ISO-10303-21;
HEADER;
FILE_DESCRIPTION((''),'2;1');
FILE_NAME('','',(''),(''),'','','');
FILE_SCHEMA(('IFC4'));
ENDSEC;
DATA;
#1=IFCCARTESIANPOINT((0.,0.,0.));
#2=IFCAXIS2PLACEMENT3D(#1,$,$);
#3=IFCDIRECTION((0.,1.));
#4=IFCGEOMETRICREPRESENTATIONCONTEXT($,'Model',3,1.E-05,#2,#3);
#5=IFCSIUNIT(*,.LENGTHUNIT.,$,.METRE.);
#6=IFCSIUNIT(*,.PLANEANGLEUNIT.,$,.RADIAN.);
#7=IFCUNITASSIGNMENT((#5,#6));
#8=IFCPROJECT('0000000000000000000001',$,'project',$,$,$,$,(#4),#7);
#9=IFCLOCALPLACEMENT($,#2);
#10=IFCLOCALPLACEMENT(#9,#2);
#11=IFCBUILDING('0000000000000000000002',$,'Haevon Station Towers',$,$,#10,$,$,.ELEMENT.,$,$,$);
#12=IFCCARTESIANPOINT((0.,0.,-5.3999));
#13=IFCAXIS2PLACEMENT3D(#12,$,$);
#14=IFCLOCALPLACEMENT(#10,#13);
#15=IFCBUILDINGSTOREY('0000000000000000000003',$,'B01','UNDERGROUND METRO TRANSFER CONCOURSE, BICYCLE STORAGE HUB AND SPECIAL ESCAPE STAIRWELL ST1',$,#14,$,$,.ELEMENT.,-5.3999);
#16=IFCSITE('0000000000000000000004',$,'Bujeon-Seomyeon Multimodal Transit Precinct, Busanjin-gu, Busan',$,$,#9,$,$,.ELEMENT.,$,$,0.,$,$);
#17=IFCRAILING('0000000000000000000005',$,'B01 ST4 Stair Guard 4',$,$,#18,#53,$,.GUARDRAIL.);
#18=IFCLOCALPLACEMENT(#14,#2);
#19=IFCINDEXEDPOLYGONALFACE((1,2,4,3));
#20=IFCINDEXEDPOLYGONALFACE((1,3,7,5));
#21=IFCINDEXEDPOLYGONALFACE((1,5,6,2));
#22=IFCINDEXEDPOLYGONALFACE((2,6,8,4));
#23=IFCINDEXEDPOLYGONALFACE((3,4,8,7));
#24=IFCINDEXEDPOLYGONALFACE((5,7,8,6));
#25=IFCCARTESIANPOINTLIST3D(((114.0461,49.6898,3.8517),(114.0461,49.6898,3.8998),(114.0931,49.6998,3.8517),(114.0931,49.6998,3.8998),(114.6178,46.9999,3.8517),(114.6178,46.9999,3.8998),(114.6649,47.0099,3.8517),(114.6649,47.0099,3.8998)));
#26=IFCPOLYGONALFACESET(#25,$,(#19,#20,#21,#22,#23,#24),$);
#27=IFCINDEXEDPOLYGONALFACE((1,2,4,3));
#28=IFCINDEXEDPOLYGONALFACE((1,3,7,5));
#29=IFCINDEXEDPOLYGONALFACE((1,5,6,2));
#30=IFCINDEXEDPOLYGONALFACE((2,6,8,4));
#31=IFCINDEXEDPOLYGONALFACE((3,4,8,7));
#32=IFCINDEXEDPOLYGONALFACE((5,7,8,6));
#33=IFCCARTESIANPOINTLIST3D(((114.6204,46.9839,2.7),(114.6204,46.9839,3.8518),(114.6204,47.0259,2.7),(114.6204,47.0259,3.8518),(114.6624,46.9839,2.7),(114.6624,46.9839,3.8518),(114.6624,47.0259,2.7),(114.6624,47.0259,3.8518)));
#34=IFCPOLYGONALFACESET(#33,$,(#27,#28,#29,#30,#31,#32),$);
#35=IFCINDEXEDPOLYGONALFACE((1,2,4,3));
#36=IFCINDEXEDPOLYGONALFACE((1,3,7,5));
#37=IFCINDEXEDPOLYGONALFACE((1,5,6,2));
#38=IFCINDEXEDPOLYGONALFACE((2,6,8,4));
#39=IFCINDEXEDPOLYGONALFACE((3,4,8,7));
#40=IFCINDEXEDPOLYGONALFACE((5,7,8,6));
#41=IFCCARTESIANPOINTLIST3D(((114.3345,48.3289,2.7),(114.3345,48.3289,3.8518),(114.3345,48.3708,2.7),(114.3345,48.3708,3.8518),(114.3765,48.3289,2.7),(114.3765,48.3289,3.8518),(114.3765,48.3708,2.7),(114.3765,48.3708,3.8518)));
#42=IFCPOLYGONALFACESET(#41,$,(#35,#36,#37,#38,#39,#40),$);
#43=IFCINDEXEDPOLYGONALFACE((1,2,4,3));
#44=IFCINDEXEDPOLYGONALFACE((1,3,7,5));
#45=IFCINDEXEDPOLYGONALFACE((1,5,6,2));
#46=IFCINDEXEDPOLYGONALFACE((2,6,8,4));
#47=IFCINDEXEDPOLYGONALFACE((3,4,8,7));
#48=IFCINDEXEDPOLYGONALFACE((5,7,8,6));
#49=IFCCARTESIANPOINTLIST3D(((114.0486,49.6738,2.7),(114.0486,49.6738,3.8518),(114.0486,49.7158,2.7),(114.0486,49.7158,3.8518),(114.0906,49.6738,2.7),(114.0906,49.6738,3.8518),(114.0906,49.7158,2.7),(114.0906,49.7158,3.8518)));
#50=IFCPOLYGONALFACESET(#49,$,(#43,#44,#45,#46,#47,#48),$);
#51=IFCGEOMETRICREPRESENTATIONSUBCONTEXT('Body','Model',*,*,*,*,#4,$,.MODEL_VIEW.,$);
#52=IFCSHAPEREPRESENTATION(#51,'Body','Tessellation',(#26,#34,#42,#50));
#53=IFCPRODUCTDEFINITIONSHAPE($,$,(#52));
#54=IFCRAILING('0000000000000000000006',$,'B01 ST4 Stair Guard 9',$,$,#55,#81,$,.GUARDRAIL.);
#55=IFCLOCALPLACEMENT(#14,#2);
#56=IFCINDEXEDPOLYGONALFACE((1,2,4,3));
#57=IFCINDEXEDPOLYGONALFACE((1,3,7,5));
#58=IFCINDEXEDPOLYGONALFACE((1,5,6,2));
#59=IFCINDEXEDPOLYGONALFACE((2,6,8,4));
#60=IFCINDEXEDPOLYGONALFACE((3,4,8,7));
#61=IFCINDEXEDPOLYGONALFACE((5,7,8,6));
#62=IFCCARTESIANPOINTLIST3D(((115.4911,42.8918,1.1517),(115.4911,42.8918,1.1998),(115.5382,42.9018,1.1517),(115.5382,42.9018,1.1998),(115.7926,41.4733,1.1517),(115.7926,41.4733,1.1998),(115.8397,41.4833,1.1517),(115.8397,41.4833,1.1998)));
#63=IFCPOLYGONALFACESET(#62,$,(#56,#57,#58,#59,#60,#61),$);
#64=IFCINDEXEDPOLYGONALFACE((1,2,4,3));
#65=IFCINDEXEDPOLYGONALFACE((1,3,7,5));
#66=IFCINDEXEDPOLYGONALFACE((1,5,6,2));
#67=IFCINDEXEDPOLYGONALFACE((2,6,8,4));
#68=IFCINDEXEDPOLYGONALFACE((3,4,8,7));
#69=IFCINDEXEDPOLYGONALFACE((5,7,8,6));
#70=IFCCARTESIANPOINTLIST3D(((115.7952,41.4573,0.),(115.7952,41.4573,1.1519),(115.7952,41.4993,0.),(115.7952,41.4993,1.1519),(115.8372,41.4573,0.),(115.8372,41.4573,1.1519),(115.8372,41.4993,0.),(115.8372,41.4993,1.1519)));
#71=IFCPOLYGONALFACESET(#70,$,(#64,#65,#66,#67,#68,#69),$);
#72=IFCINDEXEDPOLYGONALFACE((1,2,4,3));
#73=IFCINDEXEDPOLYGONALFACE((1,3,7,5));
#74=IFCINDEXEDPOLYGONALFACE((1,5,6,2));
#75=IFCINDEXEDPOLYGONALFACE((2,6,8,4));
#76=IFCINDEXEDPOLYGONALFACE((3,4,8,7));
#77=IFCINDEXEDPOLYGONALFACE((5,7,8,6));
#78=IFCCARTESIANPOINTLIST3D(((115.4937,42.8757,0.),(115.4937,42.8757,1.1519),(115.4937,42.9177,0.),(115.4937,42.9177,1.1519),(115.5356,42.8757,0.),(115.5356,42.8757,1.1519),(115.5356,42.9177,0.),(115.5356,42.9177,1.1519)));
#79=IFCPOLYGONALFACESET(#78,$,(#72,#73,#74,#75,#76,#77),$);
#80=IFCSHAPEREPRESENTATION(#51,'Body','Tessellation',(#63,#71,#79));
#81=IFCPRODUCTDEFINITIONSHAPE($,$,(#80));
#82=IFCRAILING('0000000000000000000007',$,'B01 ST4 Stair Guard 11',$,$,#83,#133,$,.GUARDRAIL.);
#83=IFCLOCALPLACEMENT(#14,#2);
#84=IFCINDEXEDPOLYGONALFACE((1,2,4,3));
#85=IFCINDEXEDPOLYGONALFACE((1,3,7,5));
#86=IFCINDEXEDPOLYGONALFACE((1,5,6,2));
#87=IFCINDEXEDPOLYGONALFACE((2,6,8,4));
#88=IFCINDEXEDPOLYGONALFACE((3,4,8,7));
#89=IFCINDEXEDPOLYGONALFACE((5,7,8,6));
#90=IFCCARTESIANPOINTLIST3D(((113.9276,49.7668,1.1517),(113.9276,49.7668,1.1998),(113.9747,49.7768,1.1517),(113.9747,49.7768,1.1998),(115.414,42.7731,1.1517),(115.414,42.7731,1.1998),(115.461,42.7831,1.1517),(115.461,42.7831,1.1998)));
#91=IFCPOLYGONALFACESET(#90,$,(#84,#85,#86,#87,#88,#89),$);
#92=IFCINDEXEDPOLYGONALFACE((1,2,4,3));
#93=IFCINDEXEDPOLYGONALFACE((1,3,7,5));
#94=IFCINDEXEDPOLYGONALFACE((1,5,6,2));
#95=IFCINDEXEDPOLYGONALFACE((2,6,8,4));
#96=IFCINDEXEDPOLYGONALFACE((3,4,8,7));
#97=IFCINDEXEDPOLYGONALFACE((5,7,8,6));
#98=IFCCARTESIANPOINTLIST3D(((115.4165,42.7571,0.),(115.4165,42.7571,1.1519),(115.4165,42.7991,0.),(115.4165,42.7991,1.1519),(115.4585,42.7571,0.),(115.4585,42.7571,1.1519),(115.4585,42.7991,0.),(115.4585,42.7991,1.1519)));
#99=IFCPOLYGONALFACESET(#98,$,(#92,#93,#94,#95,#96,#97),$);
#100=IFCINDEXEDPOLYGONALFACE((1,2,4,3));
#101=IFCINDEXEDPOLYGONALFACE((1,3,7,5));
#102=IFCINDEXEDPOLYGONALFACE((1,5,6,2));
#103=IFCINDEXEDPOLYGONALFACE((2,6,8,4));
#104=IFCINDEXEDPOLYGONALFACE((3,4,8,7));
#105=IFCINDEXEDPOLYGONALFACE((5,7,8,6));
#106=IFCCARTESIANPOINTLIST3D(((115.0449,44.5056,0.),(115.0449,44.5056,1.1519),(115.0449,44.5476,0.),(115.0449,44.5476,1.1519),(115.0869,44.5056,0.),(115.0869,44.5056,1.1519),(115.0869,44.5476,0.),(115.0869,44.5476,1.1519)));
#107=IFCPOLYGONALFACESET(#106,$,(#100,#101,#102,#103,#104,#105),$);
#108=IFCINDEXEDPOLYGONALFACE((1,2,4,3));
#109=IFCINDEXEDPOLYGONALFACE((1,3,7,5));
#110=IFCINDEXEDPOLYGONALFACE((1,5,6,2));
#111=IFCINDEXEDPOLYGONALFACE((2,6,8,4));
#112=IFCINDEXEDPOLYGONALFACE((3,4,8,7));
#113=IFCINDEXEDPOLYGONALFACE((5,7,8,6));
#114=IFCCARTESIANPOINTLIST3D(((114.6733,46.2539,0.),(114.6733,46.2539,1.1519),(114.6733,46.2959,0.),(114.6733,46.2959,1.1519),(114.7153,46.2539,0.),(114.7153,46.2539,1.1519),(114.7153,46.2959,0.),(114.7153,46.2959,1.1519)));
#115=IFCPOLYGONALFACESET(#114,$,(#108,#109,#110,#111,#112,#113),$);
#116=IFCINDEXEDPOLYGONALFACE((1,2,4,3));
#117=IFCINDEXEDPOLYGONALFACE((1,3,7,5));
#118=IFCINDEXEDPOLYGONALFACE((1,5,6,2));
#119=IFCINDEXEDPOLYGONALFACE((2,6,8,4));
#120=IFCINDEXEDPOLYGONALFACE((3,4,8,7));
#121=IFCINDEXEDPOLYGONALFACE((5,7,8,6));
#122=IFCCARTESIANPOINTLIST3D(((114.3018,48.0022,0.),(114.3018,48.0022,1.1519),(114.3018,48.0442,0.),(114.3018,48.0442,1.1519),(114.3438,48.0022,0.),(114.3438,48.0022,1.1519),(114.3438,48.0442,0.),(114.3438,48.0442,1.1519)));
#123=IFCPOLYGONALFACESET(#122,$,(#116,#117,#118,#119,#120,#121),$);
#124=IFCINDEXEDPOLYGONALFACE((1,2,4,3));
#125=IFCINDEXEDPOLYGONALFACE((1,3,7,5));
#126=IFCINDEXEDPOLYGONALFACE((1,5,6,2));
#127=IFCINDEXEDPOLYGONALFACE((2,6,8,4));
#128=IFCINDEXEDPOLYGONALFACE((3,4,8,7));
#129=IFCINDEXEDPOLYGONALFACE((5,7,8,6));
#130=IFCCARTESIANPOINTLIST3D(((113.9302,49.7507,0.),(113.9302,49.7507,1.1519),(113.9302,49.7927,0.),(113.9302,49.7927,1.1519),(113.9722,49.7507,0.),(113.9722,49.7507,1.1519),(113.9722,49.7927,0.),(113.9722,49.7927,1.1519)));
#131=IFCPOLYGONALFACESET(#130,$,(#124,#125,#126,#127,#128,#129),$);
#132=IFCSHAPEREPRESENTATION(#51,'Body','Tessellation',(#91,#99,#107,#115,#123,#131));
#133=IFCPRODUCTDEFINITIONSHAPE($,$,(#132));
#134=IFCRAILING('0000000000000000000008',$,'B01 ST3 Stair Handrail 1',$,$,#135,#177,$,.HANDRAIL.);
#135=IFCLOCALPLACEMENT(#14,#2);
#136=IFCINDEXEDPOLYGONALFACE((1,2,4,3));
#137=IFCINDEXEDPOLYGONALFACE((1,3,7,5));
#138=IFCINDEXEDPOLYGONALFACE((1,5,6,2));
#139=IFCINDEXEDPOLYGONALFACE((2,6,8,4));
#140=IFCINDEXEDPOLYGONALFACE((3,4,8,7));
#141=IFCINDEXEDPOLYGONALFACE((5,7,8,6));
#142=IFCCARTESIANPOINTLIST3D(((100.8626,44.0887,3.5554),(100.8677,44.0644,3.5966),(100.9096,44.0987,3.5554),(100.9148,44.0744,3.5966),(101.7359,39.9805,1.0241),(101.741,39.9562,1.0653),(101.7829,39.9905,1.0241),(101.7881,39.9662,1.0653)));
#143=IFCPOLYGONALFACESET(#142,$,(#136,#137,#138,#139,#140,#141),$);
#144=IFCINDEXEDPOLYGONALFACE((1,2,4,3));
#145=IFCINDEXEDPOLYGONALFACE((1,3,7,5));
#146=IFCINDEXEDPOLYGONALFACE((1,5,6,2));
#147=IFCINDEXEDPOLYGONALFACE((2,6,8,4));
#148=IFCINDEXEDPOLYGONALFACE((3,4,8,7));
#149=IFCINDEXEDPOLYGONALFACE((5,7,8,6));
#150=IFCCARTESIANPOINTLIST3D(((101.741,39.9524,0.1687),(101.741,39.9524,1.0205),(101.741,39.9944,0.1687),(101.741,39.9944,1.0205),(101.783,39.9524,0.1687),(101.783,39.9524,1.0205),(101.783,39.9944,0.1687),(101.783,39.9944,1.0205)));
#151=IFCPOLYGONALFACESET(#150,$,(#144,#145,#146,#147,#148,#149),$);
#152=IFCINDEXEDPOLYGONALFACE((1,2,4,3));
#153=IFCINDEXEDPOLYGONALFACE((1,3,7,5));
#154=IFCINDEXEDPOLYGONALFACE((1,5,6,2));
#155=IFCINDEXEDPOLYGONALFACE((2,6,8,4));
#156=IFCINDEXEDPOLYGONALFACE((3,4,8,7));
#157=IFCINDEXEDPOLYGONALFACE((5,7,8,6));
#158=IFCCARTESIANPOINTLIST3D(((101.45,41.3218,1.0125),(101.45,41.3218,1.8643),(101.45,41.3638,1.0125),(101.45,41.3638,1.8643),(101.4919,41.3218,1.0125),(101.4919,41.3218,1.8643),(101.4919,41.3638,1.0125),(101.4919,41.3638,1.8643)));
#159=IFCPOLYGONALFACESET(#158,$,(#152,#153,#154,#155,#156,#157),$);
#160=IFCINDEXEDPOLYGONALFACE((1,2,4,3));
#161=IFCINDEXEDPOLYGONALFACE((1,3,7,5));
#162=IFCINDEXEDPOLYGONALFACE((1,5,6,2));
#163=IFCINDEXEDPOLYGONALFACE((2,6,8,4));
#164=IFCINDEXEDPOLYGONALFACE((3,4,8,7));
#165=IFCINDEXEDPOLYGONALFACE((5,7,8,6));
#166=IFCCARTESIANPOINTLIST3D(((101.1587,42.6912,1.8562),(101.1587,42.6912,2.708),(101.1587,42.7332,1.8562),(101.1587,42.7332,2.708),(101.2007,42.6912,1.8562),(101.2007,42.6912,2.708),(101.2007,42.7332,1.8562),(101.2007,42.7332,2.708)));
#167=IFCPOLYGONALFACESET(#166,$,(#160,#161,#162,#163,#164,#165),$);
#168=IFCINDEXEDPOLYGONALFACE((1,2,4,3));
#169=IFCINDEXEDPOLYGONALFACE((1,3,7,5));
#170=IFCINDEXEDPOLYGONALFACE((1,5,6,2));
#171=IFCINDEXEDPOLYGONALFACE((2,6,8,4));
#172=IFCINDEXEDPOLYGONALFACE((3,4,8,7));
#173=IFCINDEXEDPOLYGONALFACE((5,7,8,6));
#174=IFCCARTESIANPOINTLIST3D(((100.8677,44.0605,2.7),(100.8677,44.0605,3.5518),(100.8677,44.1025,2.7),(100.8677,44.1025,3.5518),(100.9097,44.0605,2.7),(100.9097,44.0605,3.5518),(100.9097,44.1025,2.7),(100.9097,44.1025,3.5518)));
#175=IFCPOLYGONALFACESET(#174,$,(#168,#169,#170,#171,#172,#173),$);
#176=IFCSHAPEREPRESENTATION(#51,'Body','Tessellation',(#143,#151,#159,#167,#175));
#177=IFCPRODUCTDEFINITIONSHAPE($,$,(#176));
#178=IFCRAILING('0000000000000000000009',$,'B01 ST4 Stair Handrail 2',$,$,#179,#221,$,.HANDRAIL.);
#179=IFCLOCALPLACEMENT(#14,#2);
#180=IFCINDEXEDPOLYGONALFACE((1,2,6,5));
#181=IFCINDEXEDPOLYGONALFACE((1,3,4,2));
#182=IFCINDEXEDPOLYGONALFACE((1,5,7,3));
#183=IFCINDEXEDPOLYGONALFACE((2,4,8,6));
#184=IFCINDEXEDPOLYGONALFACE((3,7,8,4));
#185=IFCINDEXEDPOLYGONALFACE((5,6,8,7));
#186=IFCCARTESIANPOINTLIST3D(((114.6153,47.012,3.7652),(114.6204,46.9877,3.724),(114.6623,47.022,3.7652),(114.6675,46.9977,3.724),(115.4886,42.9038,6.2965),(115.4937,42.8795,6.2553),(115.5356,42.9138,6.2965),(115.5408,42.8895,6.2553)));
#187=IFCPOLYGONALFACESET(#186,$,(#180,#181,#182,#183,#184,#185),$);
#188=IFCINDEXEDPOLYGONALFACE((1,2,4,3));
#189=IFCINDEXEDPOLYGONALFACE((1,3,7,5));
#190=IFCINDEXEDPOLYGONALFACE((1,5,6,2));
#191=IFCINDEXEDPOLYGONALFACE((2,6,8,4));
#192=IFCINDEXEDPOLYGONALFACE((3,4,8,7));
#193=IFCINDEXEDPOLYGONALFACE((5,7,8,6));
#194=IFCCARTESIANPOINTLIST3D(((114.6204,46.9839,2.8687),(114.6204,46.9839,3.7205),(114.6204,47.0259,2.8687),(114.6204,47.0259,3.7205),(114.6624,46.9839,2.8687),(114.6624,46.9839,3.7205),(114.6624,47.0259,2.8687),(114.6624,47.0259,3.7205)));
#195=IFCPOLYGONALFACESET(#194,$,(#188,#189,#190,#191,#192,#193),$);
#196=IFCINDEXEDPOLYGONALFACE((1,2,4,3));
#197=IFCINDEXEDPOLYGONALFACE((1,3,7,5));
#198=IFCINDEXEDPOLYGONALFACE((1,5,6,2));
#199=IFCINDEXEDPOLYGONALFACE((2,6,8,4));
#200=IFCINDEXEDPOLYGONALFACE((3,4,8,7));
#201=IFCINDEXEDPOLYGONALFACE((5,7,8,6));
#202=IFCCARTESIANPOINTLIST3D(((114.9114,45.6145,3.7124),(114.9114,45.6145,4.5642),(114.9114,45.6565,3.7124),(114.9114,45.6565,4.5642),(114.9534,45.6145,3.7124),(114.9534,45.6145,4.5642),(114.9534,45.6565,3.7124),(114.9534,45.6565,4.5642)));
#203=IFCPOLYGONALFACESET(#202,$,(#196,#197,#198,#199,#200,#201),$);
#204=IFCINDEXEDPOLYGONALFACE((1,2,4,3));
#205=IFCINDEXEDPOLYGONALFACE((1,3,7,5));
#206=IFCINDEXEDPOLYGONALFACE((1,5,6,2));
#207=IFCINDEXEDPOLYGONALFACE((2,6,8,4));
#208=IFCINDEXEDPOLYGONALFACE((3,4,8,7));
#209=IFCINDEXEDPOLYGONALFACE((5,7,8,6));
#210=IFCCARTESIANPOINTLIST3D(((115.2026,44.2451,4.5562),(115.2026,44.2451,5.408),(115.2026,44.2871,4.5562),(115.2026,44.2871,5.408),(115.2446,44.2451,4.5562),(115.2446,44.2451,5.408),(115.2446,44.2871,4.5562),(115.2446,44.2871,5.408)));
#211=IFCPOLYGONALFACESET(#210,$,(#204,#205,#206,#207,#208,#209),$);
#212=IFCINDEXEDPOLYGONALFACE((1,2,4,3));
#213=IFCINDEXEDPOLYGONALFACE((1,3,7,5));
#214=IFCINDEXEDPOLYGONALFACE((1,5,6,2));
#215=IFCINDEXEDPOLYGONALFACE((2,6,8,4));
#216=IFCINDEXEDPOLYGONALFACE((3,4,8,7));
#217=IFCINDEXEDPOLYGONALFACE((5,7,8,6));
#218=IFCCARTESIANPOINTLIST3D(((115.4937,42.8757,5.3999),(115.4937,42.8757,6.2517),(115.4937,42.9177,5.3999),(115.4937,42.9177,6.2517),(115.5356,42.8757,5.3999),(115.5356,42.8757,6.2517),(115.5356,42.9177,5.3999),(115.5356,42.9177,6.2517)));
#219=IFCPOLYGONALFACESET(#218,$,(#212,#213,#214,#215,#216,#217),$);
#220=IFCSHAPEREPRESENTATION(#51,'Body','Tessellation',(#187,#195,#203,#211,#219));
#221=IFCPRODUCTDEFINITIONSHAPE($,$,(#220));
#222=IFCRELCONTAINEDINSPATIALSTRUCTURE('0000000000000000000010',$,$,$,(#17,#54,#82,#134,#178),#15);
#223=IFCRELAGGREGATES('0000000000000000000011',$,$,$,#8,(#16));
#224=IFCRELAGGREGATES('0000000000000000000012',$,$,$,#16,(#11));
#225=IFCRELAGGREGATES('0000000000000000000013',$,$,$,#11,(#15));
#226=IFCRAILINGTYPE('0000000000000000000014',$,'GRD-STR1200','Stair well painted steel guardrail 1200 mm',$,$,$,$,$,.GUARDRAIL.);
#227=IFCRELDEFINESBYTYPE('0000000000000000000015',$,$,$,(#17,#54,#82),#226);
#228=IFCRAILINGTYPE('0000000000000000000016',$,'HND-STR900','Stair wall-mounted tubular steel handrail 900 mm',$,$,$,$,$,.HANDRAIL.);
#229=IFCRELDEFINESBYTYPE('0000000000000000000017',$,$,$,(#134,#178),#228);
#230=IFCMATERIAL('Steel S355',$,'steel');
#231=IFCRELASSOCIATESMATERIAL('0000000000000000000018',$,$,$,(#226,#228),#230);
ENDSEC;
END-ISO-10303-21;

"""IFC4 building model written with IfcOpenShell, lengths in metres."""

from ifc_helpers import new_model, si_unit, direction, frame, origin, origin_2d, place, context, subcontext, project, spatial, rectangle, extrude, material, type_object, element, save


model = new_model("IFC4")

# Units and contexts
model_context = context("Model", 3, precision=1e-05, world=origin(), true_north=direction((0.0, 1.0)))
body_context = subcontext(model_context, "Body", "Model", "MODEL_VIEW")
ifc_project = project(units=[si_unit("LENGTHUNIT", "METRE"), si_unit("PLANEANGLEUNIT", "RADIAN")], contexts=[model_context])

# Site, building, storey
site_placement = place(None, origin())
site = spatial("IfcSite", under=ifc_project, at=site_placement, Name="Bujeon-Seomyeon Multimodal Transit Precinct, Busanjin-gu, Busan", CompositionType="ELEMENT", RefElevation=0.0)
building_placement = place(site_placement, origin())
building = spatial("IfcBuilding", under=site, at=building_placement, Name="Haevon Station Towers", CompositionType="ELEMENT")
storey_placement = place(building_placement, frame((0.0, 0.0, -5.3999)))
storey = spatial("IfcBuildingStorey", under=building, at=storey_placement, Name="B01", Description="UNDERGROUND METRO TRANSFER CONCOURSE, BICYCLE STORAGE HUB AND SPECIAL ESCAPE STAIRWELL ST1", CompositionType="ELEMENT", Elevation=-5.3999)

# Railings
ifc_material_1 = material(Name="Steel S355", Category="steel")
railing_type_1 = type_object("IfcRailingType", Name="GRD-STR1200", Description="Stair well painted steel guardrail 1200 mm", PredefinedType="GUARDRAIL", material=ifc_material_1)
railing_1_placement = place(storey_placement, frame((114.6414, 47.0049, 2.7)))
element("IfcRailing", 1, at=railing_1_placement, inside=storey, type_object=railing_type_1, Name="B01 ST4 Stair Guard 4", PredefinedType="GUARDRAIL", context=body_context, shape_type="SweptSolid", body=[
    extrude(rectangle(XDim=0.0481, YDim=0.0481, at=origin_2d()), frame((0.0, 0.0, 1.1758), z_axis=(-0.207916, 0.978147, 0.0), x_axis=(-0.978147, -0.207916, 0.0)), (0.0, 0.0, 1.0), 2.75),
    extrude(rectangle(XDim=0.042, YDim=0.042, at=origin_2d()), origin(), (0.0, 0.0, 1.0), 1.1519),
    extrude(rectangle(XDim=0.042, YDim=0.042, at=origin_2d()), frame((-0.2859, 1.345, 0.0)), (0.0, 0.0, 1.0), 1.1519),
    extrude(rectangle(XDim=0.042, YDim=0.042, at=origin_2d()), frame((-0.5718, 2.6899, 0.0)), (0.0, 0.0, 1.0), 1.1519),
])
railing_2_placement = place(storey_placement, frame((115.8162, 41.4783, 0.0)))
element("IfcRailing", 2, at=railing_2_placement, inside=storey, type_object=railing_type_1, Name="B01 ST4 Stair Guard 9", PredefinedType="GUARDRAIL", context=body_context, shape_type="SweptSolid", body=[
    extrude(rectangle(XDim=0.0481, YDim=0.0481, at=origin_2d()), frame((0.0, 0.0, 1.1758), z_axis=(-0.207919, 0.978146, 0.0), x_axis=(-0.978146, -0.207919, 0.0)), (0.0, 0.0, 1.0), 1.4502),
    extrude(rectangle(XDim=0.042, YDim=0.042, at=origin_2d()), origin(), (0.0, 0.0, 1.0), 1.1519),
    extrude(rectangle(XDim=0.042, YDim=0.042, at=origin_2d()), frame((-0.3015, 1.4185, 0.0)), (0.0, 0.0, 1.0), 1.1519),
])
railing_3_placement = place(storey_placement, frame((115.4375, 42.7781, 0.0)))
element("IfcRailing", 3, at=railing_3_placement, inside=storey, type_object=railing_type_1, Name="B01 ST4 Stair Guard 11", PredefinedType="GUARDRAIL", context=body_context, shape_type="SweptSolid", body=[
    extrude(rectangle(XDim=0.0481, YDim=0.0481, at=origin_2d()), frame((0.0, 0.0, 1.1758), z_axis=(-0.207882, 0.978154, 0.0), x_axis=(-0.978154, -0.207882, 0.0)), (0.0, 0.0, 1.0), 7.1499),
    extrude(rectangle(XDim=0.042, YDim=0.042, at=origin_2d()), origin(), (0.0, 0.0, 1.0), 1.1519),
    extrude(rectangle(XDim=0.042, YDim=0.042, at=origin_2d()), frame((-0.3716, 1.7485, 0.0)), (0.0, 0.0, 1.0), 1.1519),
    extrude(rectangle(XDim=0.042, YDim=0.042, at=origin_2d()), frame((-0.7432, 3.4968, 0.0)), (0.0, 0.0, 1.0), 1.1519),
    extrude(rectangle(XDim=0.042, YDim=0.042, at=origin_2d()), frame((-1.1147, 5.2451, 0.0)), (0.0, 0.0, 1.0), 1.1519),
    extrude(rectangle(XDim=0.042, YDim=0.042, at=origin_2d()), frame((-1.4863, 6.9937, 0.0)), (0.0, 0.0, 1.0), 1.1519),
])
railing_type_2 = type_object("IfcRailingType", Name="HND-STR900", Description="Stair wall-mounted tubular steel handrail 900 mm", PredefinedType="HANDRAIL", material=ifc_material_1)
railing_4_placement = place(storey_placement, frame((101.762, 39.9734, 0.1687)))
element("IfcRailing", 4, at=railing_4_placement, inside=storey, type_object=railing_type_2, Name="B01 ST3 Stair Handrail 1", PredefinedType="HANDRAIL", context=body_context, shape_type="SweptSolid", body=[
    extrude(rectangle(XDim=0.0481, YDim=0.0481, at=origin_2d()), frame((0.0, 0.0, 0.876), z_axis=(-0.178086, 0.837757, 0.516186), x_axis=(-0.978144, -0.207929, 0.0)), (0.0, 0.0, 1.0), 4.9038),
    extrude(rectangle(XDim=0.042, YDim=0.042, at=origin_2d()), origin(), (0.0, 0.0, 1.0), 0.8518),
    extrude(rectangle(XDim=0.042, YDim=0.042, at=origin_2d()), frame((-0.291, 1.3694, 0.8438)), (0.0, 0.0, 1.0), 0.8518),
    extrude(rectangle(XDim=0.042, YDim=0.042, at=origin_2d()), frame((-0.5823, 2.7388, 1.6875)), (0.0, 0.0, 1.0), 0.8518),
    extrude(rectangle(XDim=0.042, YDim=0.042, at=origin_2d()), frame((-0.8733, 4.1082, 2.5312)), (0.0, 0.0, 1.0), 0.8518),
])
railing_5_placement = place(storey_placement, frame((114.6414, 47.0049, 2.8687)))
element("IfcRailing", 5, at=railing_5_placement, inside=storey, type_object=railing_type_2, Name="B01 ST4 Stair Handrail 2", PredefinedType="HANDRAIL", context=body_context, shape_type="SweptSolid", body=[
    extrude(rectangle(XDim=0.0481, YDim=0.0481, at=origin_2d()), frame((0.0, 0.0, 0.876), z_axis=(0.178086, -0.837757, 0.516186), x_axis=(0.978144, 0.207929, 0.0)), (0.0, 0.0, 1.0), 4.9038),
    extrude(rectangle(XDim=0.042, YDim=0.042, at=origin_2d()), origin(), (0.0, 0.0, 1.0), 0.8518),
    extrude(rectangle(XDim=0.042, YDim=0.042, at=origin_2d()), frame((0.291, -1.3694, 0.8438)), (0.0, 0.0, 1.0), 0.8518),
    extrude(rectangle(XDim=0.042, YDim=0.042, at=origin_2d()), frame((0.5823, -2.7388, 1.6875)), (0.0, 0.0, 1.0), 0.8518),
    extrude(rectangle(XDim=0.042, YDim=0.042, at=origin_2d()), frame((0.8733, -4.1082, 2.5312)), (0.0, 0.0, 1.0), 0.8518),
])

save(model, "model.ifc")
